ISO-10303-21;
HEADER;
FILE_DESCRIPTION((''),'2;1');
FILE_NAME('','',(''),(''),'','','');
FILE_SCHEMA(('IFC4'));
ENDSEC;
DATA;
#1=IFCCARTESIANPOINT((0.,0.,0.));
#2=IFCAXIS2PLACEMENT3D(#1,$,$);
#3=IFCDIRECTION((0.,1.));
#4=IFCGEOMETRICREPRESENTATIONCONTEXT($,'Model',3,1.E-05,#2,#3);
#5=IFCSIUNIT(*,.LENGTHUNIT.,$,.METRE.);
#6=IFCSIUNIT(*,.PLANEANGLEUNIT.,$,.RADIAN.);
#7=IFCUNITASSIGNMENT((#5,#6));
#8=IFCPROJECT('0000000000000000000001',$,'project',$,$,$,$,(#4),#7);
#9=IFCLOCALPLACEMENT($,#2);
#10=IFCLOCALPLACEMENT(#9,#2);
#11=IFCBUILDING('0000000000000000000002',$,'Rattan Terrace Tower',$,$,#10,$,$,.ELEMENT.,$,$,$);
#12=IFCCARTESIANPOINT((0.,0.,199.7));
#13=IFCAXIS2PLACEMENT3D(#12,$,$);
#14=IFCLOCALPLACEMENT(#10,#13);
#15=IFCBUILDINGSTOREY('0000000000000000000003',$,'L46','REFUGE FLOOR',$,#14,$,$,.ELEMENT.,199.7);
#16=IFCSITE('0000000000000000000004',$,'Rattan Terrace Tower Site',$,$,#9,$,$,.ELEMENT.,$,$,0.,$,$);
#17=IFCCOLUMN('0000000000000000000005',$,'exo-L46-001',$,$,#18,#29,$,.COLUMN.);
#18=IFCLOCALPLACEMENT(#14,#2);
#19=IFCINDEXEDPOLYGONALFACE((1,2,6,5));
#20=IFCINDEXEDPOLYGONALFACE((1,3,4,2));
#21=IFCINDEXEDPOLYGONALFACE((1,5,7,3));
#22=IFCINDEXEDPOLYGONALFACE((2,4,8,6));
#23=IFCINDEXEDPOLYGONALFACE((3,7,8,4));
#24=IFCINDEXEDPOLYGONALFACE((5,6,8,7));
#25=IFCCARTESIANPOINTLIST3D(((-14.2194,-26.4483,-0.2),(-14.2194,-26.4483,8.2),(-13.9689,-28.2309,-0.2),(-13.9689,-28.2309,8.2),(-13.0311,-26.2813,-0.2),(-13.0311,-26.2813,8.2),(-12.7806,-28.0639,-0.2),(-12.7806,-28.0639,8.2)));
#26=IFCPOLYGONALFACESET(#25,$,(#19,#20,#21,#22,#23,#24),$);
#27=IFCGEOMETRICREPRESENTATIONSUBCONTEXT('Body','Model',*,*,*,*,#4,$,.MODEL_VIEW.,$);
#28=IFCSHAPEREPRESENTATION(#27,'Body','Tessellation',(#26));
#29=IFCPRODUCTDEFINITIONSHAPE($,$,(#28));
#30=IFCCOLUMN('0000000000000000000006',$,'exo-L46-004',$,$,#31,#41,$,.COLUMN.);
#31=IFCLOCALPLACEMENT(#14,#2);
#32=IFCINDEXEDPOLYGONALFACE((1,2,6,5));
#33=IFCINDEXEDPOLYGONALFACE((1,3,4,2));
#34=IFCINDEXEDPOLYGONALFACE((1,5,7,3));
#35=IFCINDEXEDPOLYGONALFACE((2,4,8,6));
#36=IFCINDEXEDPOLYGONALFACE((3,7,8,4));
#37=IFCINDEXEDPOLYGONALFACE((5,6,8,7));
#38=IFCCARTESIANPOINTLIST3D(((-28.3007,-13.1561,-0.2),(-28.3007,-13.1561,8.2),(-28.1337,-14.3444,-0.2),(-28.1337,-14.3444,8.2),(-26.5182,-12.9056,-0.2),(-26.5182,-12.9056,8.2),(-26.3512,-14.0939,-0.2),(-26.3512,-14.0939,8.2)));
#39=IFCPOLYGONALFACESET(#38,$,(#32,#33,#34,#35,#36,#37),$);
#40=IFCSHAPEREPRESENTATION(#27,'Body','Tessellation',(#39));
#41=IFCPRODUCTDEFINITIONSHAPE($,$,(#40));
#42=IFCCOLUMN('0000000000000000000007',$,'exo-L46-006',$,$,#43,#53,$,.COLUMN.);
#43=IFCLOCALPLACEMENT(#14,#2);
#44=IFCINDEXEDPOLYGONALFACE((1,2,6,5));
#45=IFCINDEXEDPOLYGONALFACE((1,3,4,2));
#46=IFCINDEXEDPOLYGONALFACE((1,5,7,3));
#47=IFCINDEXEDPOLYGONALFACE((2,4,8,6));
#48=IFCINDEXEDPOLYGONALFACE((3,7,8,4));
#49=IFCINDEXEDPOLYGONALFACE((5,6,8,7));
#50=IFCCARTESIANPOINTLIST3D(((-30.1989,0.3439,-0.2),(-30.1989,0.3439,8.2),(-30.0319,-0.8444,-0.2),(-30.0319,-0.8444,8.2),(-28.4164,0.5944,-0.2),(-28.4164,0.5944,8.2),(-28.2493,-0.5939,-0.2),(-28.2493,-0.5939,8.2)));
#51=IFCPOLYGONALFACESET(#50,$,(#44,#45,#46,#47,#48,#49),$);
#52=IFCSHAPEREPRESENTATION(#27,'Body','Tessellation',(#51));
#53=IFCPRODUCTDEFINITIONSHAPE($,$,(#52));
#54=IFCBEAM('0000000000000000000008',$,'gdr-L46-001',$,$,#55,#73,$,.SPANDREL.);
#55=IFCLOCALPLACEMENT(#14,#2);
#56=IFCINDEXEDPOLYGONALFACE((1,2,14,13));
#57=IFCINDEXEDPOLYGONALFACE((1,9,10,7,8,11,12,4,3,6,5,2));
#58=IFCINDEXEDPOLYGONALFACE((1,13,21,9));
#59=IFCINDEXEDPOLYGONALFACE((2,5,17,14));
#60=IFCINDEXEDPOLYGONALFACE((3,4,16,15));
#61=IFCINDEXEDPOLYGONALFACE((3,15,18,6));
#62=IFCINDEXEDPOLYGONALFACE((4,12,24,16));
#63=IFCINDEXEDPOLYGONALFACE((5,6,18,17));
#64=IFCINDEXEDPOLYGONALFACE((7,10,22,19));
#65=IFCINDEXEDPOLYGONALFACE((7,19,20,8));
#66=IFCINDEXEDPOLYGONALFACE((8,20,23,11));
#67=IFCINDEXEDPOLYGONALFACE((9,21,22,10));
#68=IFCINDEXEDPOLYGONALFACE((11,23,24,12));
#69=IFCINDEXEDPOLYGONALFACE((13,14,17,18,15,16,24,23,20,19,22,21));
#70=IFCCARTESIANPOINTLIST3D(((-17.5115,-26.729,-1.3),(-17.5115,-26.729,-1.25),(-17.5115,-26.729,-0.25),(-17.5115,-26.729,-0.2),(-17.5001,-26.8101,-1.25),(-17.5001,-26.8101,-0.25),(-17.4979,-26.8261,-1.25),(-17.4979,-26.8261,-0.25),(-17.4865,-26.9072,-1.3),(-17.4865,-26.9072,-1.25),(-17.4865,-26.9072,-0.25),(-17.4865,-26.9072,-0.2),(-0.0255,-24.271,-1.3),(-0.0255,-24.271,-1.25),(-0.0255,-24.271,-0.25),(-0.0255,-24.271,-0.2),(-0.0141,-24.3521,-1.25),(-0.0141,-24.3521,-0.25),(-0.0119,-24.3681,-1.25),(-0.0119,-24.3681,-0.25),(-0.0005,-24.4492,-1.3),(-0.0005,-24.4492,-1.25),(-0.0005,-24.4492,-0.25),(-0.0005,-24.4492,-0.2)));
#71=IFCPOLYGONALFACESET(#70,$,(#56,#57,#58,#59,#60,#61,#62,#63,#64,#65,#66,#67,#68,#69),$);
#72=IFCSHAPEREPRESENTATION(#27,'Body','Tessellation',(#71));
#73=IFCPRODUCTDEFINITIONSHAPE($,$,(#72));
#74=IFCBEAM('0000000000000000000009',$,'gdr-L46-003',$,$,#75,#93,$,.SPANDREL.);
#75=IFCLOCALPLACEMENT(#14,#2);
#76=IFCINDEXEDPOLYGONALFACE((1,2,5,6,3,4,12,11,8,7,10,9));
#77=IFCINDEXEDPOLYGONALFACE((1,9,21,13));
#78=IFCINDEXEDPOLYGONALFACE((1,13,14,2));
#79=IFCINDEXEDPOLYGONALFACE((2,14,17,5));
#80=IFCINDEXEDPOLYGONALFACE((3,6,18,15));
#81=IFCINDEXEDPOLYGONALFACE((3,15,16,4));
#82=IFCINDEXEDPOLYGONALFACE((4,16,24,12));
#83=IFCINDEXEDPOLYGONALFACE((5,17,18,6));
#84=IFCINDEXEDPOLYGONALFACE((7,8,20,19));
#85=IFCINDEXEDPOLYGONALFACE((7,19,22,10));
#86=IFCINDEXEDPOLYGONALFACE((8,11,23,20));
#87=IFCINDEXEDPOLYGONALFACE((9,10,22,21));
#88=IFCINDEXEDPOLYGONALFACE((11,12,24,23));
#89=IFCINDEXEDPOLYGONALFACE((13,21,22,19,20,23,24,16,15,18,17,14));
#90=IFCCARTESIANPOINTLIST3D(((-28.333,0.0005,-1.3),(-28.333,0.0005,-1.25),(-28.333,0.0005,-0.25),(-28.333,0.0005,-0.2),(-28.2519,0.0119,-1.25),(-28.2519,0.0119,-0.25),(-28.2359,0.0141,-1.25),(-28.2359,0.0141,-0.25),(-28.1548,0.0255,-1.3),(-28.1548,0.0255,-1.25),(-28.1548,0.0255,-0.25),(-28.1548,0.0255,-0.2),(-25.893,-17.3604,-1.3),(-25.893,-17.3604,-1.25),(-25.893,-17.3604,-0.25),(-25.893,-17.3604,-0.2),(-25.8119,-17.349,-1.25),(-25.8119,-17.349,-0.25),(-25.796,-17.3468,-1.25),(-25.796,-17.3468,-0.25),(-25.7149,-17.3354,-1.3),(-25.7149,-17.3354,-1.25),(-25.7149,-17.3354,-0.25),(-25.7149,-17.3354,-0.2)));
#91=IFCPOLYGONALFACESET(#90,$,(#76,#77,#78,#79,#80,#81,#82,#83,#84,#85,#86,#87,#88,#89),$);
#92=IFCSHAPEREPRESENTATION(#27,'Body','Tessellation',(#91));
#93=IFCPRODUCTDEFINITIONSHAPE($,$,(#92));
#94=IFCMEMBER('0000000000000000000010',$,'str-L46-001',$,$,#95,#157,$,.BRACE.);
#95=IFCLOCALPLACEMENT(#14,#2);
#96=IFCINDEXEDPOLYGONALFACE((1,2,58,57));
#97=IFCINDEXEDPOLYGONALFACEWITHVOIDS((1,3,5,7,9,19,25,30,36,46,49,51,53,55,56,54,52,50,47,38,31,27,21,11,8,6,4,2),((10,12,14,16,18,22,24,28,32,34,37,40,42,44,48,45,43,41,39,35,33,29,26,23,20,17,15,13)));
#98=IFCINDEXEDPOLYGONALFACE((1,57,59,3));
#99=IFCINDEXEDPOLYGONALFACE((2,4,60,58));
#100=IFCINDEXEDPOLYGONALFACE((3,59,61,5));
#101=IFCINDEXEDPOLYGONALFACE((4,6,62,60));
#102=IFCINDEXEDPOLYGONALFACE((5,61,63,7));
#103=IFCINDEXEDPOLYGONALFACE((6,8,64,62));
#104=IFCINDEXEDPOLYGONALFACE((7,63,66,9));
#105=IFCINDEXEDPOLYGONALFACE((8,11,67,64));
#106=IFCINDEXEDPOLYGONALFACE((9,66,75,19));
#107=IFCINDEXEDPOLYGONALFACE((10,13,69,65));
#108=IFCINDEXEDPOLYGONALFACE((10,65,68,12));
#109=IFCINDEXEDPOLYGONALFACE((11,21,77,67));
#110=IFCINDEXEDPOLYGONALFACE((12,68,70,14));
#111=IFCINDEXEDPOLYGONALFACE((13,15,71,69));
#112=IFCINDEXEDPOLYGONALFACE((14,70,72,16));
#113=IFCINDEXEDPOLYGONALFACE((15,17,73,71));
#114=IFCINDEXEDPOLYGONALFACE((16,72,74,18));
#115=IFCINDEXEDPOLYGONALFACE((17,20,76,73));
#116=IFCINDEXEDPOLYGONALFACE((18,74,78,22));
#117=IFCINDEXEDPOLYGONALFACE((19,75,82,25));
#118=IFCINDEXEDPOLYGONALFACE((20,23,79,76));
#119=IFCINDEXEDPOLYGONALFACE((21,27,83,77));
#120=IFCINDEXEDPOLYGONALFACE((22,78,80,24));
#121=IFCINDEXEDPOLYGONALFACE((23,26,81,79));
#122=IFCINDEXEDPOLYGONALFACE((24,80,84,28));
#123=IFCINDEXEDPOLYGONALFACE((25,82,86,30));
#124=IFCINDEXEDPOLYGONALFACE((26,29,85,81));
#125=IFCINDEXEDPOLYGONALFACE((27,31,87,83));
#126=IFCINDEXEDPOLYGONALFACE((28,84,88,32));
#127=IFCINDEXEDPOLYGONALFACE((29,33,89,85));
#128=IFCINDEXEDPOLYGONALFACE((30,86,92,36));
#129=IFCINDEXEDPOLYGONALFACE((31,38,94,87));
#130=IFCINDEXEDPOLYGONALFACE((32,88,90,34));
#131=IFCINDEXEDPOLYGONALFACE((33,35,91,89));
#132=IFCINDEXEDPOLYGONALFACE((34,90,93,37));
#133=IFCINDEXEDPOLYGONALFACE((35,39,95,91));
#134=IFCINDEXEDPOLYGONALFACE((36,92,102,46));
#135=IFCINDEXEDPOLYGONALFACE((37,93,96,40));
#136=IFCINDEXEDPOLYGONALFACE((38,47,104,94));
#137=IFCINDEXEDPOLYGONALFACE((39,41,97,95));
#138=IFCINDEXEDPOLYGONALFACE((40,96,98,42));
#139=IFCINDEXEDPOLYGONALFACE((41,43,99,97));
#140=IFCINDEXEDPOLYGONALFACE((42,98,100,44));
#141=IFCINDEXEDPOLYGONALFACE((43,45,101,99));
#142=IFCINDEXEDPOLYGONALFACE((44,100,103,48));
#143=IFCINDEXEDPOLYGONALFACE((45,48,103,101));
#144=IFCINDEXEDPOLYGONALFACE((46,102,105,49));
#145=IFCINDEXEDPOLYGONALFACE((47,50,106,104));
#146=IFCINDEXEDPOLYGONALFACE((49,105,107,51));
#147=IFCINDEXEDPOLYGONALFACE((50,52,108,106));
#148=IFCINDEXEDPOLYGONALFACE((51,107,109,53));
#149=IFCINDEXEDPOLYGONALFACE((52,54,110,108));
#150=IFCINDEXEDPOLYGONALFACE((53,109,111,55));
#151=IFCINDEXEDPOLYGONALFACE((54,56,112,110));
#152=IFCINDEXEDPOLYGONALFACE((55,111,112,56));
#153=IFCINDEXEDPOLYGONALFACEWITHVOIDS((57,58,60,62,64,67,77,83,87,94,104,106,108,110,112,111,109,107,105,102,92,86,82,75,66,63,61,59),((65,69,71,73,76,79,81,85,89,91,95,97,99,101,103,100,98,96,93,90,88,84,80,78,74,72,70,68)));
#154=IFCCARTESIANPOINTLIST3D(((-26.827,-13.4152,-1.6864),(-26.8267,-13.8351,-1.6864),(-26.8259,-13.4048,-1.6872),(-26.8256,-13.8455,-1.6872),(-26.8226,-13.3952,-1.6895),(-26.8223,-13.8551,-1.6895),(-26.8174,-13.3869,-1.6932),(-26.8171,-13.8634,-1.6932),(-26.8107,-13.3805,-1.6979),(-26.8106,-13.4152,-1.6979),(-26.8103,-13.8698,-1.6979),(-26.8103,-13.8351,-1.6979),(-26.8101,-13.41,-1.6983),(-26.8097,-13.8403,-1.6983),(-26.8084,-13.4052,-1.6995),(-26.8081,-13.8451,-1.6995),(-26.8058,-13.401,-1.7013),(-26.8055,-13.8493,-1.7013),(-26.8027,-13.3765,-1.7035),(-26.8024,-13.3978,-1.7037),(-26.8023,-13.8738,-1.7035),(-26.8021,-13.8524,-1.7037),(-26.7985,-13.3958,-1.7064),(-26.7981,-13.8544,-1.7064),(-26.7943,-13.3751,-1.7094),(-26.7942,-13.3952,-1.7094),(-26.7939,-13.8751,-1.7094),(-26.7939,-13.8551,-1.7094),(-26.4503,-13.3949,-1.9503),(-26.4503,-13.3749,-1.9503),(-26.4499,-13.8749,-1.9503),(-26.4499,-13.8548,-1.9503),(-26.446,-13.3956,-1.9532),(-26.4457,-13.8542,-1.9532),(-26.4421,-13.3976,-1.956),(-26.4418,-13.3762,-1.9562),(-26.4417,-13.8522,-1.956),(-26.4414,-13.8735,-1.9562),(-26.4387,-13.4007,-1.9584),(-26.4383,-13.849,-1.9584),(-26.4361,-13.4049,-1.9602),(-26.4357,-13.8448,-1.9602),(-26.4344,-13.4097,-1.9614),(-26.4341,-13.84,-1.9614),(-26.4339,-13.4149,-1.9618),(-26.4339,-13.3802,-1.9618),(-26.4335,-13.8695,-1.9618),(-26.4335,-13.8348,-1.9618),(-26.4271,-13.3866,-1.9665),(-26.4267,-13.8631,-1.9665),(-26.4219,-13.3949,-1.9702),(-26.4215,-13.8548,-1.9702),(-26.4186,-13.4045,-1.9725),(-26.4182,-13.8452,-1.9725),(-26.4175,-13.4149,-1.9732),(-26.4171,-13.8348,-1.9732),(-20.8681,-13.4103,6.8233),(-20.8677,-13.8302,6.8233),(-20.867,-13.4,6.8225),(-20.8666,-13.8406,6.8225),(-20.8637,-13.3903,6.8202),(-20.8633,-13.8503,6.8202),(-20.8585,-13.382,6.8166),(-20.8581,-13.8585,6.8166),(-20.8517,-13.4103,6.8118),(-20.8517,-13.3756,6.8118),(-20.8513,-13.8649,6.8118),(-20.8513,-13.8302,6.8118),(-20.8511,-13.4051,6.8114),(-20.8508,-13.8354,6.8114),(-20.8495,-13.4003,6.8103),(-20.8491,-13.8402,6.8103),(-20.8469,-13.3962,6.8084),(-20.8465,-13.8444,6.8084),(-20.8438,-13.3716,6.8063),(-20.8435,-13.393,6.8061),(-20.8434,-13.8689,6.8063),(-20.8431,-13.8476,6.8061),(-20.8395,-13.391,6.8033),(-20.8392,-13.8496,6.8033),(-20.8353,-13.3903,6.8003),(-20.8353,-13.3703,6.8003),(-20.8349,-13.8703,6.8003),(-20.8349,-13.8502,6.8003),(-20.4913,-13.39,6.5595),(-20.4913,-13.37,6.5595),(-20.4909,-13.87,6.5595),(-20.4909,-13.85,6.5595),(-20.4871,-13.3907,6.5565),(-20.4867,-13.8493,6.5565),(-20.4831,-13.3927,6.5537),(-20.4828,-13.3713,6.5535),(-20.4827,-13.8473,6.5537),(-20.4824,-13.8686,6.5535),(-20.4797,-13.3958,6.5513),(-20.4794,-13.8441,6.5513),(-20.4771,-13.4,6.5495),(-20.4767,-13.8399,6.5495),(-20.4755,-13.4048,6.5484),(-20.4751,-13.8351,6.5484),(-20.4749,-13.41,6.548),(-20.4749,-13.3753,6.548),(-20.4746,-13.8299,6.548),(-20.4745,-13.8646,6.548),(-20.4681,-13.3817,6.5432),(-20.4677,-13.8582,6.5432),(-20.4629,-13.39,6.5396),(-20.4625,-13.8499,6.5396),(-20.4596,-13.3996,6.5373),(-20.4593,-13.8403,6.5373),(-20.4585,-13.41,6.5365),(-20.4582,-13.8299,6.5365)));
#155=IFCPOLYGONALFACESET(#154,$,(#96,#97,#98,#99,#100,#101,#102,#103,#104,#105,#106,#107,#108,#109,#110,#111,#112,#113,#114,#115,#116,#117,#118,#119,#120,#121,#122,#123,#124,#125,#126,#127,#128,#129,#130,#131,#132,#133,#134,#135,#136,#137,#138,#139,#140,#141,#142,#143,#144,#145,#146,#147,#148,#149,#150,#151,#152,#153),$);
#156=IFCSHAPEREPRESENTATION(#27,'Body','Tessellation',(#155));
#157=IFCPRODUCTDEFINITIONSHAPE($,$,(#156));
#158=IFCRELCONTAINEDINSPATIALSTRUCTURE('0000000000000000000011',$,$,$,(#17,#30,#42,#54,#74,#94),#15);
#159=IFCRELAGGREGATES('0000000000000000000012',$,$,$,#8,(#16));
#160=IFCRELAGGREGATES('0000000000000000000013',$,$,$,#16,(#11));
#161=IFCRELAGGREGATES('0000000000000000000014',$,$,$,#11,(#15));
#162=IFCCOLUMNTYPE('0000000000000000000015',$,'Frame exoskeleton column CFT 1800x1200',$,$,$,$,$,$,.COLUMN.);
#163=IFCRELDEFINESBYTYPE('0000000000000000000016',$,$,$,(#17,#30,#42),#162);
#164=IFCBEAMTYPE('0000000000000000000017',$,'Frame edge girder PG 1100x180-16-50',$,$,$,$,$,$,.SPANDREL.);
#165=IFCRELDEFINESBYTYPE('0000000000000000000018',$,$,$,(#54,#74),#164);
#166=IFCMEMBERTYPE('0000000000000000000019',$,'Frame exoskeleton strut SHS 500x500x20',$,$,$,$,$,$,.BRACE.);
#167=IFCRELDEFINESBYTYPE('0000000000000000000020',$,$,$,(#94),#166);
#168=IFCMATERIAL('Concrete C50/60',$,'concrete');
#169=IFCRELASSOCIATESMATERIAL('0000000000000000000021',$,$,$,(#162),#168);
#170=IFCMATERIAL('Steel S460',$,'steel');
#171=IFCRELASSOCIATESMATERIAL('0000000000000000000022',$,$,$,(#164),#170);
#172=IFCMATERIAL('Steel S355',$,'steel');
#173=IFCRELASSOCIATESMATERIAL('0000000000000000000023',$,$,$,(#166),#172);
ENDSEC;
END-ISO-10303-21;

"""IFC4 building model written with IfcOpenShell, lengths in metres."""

from ifc_helpers import new_model, si_unit, direction, frame, origin, origin_2d, place, context, subcontext, project, spatial, rectangle, hollow_rectangle, i_section, extrude, material, material_profile, profile_set, type_object, element, save


model = new_model("IFC4")

# Units and contexts
model_context = context("Model", 3, precision=1e-05, world=origin(), true_north=direction((0.0, 1.0)))
body_context = subcontext(model_context, "Body", "Model", "MODEL_VIEW")
ifc_project = project(units=[si_unit("LENGTHUNIT", "METRE"), si_unit("PLANEANGLEUNIT", "RADIAN")], contexts=[model_context])

# Site, building, storey
site_placement = place(None, origin())
site = spatial("IfcSite", under=ifc_project, at=site_placement, Name="Rattan Terrace Tower Site", CompositionType="ELEMENT", RefElevation=0.0)
building_placement = place(site_placement, origin())
building = spatial("IfcBuilding", under=site, at=building_placement, Name="Rattan Terrace Tower", CompositionType="ELEMENT")
storey_placement = place(building_placement, frame((0.0, 0.0, 199.7)))
storey = spatial("IfcBuildingStorey", under=building, at=storey_placement, Name="L46", Description="REFUGE FLOOR", CompositionType="ELEMENT", Elevation=199.7)

# Columns
ifc_material_1 = material(Name="Concrete C50/60", Category="concrete")
ifc_material_profile_1 = material_profile(ifc_material_1, rectangle(XDim=1.2, YDim=1.8, at=origin_2d()), Name="CFT 1800x1200")
ifc_profile_set_1 = profile_set([ifc_material_profile_1], Name="Concrete C50/60")
column_type = type_object("IfcColumnType", Name="Frame exoskeleton column CFT 1800x1200", PredefinedType="COLUMN", material=ifc_profile_set_1)
for number, where, z_axis, x_axis, name in (
    (1, (-13.5, -27.2561, -0.2), (0.0, 0.0, 1.0), (0.99027, 0.139156, 0.0), "exo-L46-001"),
    (2, (-27.3259, -13.625, -0.2), (0.0, 0.0, 1.0), (-0.13919, 0.990266, 0.0), "exo-L46-004"),
    (3, (-29.2241, -0.125, -0.2), (0.0, 0.0, 1.0), (-0.13919, 0.990266, 0.0), "exo-L46-006"),
):
    element("IfcColumn", number, at=place(storey_placement, frame(where, z_axis=z_axis, x_axis=x_axis)), inside=storey, type_object=column_type, Name=name, PredefinedType="COLUMN", context=body_context, shape_type="SweptSolid", body=[
        extrude(rectangle(XDim=1.2, YDim=1.8, at=origin_2d()), origin(), (0.0, 0.0, 1.0), 8.3999),
    ])

# Beams
ifc_material_2 = material(Name="Steel S460", Category="steel")
ifc_material_profile_2 = material_profile(ifc_material_2, i_section(OverallWidth=0.1799, OverallDepth=1.1001, WebThickness=0.0161, FlangeThickness=0.05, at=origin_2d()), Name="PG 1100x180-16-50")
ifc_profile_set_2 = profile_set([ifc_material_profile_2], Name="Steel S460")
beam_type_1 = type_object("IfcBeamType", Name="Frame edge girder PG 1100x180-16-50", PredefinedType="SPANDREL", material=ifc_profile_set_2)
beam_1_placement = place(storey_placement, frame((-17.499, -26.8181, -0.75), z_axis=(0.990264, 0.139201, 0.0), x_axis=(-0.139201, 0.990264, 0.0)))
element("IfcBeam", 4, at=beam_1_placement, inside=storey, type_object=beam_type_1, Name="gdr-L46-001", PredefinedType="SPANDREL", context=body_context, shape_type="SweptSolid", body=[
    extrude(i_section(OverallWidth=0.1799, OverallDepth=1.1001, WebThickness=0.0161, FlangeThickness=0.05, at=origin_2d()), origin(), (0.0, 0.0, 1.0), 17.658),
])
beam_2_placement = place(storey_placement, frame((-25.804, -17.3479, -0.75), z_axis=(-0.139175, 0.990268, 0.0), x_axis=(-0.990268, -0.139175, 0.0)))
element("IfcBeam", 5, at=beam_2_placement, inside=storey, type_object=beam_type_1, Name="gdr-L46-003", PredefinedType="SPANDREL", context=body_context, shape_type="SweptSolid", body=[
    extrude(i_section(OverallWidth=0.1799, OverallDepth=1.1001, WebThickness=0.0161, FlangeThickness=0.05, at=origin_2d()), origin(), (0.0, 0.0, 1.0), 17.5315),
])

# Member
ifc_material_3 = material(Name="Steel S355", Category="steel")
ifc_material_profile_3 = material_profile(ifc_material_3, hollow_rectangle(XDim=0.5, YDim=0.5, WallThickness=0.02, InnerFilletRadius=0.02, OuterFilletRadius=0.04, at=origin_2d()), Name="SHS 500x500x20")
ifc_profile_set_3 = profile_set([ifc_material_profile_3], Name="Steel S355")
member_type = type_object("IfcMemberType", Name="Frame exoskeleton strut SHS 500x500x20", PredefinedType="BRACE", material=ifc_profile_set_3)
member_placement = place(storey_placement, frame((-26.6221, -13.625, -1.8298), z_axis=(0.573601, 0.00047, 0.819135), x_axis=(-0.000819, 1.0, 0.0)))
element("IfcMember", 6, at=member_placement, inside=storey, type_object=member_type, Name="str-L46-001", PredefinedType="BRACE", context=body_context, shape_type="SweptSolid", body=[
    extrude(hollow_rectangle(XDim=0.5, YDim=0.5, WallThickness=0.02, InnerFilletRadius=0.02, OuterFilletRadius=0.04, at=origin_2d()), origin(), (0.0, 0.0, 1.0), 10.3887),
])

save(model, "model.ifc")
